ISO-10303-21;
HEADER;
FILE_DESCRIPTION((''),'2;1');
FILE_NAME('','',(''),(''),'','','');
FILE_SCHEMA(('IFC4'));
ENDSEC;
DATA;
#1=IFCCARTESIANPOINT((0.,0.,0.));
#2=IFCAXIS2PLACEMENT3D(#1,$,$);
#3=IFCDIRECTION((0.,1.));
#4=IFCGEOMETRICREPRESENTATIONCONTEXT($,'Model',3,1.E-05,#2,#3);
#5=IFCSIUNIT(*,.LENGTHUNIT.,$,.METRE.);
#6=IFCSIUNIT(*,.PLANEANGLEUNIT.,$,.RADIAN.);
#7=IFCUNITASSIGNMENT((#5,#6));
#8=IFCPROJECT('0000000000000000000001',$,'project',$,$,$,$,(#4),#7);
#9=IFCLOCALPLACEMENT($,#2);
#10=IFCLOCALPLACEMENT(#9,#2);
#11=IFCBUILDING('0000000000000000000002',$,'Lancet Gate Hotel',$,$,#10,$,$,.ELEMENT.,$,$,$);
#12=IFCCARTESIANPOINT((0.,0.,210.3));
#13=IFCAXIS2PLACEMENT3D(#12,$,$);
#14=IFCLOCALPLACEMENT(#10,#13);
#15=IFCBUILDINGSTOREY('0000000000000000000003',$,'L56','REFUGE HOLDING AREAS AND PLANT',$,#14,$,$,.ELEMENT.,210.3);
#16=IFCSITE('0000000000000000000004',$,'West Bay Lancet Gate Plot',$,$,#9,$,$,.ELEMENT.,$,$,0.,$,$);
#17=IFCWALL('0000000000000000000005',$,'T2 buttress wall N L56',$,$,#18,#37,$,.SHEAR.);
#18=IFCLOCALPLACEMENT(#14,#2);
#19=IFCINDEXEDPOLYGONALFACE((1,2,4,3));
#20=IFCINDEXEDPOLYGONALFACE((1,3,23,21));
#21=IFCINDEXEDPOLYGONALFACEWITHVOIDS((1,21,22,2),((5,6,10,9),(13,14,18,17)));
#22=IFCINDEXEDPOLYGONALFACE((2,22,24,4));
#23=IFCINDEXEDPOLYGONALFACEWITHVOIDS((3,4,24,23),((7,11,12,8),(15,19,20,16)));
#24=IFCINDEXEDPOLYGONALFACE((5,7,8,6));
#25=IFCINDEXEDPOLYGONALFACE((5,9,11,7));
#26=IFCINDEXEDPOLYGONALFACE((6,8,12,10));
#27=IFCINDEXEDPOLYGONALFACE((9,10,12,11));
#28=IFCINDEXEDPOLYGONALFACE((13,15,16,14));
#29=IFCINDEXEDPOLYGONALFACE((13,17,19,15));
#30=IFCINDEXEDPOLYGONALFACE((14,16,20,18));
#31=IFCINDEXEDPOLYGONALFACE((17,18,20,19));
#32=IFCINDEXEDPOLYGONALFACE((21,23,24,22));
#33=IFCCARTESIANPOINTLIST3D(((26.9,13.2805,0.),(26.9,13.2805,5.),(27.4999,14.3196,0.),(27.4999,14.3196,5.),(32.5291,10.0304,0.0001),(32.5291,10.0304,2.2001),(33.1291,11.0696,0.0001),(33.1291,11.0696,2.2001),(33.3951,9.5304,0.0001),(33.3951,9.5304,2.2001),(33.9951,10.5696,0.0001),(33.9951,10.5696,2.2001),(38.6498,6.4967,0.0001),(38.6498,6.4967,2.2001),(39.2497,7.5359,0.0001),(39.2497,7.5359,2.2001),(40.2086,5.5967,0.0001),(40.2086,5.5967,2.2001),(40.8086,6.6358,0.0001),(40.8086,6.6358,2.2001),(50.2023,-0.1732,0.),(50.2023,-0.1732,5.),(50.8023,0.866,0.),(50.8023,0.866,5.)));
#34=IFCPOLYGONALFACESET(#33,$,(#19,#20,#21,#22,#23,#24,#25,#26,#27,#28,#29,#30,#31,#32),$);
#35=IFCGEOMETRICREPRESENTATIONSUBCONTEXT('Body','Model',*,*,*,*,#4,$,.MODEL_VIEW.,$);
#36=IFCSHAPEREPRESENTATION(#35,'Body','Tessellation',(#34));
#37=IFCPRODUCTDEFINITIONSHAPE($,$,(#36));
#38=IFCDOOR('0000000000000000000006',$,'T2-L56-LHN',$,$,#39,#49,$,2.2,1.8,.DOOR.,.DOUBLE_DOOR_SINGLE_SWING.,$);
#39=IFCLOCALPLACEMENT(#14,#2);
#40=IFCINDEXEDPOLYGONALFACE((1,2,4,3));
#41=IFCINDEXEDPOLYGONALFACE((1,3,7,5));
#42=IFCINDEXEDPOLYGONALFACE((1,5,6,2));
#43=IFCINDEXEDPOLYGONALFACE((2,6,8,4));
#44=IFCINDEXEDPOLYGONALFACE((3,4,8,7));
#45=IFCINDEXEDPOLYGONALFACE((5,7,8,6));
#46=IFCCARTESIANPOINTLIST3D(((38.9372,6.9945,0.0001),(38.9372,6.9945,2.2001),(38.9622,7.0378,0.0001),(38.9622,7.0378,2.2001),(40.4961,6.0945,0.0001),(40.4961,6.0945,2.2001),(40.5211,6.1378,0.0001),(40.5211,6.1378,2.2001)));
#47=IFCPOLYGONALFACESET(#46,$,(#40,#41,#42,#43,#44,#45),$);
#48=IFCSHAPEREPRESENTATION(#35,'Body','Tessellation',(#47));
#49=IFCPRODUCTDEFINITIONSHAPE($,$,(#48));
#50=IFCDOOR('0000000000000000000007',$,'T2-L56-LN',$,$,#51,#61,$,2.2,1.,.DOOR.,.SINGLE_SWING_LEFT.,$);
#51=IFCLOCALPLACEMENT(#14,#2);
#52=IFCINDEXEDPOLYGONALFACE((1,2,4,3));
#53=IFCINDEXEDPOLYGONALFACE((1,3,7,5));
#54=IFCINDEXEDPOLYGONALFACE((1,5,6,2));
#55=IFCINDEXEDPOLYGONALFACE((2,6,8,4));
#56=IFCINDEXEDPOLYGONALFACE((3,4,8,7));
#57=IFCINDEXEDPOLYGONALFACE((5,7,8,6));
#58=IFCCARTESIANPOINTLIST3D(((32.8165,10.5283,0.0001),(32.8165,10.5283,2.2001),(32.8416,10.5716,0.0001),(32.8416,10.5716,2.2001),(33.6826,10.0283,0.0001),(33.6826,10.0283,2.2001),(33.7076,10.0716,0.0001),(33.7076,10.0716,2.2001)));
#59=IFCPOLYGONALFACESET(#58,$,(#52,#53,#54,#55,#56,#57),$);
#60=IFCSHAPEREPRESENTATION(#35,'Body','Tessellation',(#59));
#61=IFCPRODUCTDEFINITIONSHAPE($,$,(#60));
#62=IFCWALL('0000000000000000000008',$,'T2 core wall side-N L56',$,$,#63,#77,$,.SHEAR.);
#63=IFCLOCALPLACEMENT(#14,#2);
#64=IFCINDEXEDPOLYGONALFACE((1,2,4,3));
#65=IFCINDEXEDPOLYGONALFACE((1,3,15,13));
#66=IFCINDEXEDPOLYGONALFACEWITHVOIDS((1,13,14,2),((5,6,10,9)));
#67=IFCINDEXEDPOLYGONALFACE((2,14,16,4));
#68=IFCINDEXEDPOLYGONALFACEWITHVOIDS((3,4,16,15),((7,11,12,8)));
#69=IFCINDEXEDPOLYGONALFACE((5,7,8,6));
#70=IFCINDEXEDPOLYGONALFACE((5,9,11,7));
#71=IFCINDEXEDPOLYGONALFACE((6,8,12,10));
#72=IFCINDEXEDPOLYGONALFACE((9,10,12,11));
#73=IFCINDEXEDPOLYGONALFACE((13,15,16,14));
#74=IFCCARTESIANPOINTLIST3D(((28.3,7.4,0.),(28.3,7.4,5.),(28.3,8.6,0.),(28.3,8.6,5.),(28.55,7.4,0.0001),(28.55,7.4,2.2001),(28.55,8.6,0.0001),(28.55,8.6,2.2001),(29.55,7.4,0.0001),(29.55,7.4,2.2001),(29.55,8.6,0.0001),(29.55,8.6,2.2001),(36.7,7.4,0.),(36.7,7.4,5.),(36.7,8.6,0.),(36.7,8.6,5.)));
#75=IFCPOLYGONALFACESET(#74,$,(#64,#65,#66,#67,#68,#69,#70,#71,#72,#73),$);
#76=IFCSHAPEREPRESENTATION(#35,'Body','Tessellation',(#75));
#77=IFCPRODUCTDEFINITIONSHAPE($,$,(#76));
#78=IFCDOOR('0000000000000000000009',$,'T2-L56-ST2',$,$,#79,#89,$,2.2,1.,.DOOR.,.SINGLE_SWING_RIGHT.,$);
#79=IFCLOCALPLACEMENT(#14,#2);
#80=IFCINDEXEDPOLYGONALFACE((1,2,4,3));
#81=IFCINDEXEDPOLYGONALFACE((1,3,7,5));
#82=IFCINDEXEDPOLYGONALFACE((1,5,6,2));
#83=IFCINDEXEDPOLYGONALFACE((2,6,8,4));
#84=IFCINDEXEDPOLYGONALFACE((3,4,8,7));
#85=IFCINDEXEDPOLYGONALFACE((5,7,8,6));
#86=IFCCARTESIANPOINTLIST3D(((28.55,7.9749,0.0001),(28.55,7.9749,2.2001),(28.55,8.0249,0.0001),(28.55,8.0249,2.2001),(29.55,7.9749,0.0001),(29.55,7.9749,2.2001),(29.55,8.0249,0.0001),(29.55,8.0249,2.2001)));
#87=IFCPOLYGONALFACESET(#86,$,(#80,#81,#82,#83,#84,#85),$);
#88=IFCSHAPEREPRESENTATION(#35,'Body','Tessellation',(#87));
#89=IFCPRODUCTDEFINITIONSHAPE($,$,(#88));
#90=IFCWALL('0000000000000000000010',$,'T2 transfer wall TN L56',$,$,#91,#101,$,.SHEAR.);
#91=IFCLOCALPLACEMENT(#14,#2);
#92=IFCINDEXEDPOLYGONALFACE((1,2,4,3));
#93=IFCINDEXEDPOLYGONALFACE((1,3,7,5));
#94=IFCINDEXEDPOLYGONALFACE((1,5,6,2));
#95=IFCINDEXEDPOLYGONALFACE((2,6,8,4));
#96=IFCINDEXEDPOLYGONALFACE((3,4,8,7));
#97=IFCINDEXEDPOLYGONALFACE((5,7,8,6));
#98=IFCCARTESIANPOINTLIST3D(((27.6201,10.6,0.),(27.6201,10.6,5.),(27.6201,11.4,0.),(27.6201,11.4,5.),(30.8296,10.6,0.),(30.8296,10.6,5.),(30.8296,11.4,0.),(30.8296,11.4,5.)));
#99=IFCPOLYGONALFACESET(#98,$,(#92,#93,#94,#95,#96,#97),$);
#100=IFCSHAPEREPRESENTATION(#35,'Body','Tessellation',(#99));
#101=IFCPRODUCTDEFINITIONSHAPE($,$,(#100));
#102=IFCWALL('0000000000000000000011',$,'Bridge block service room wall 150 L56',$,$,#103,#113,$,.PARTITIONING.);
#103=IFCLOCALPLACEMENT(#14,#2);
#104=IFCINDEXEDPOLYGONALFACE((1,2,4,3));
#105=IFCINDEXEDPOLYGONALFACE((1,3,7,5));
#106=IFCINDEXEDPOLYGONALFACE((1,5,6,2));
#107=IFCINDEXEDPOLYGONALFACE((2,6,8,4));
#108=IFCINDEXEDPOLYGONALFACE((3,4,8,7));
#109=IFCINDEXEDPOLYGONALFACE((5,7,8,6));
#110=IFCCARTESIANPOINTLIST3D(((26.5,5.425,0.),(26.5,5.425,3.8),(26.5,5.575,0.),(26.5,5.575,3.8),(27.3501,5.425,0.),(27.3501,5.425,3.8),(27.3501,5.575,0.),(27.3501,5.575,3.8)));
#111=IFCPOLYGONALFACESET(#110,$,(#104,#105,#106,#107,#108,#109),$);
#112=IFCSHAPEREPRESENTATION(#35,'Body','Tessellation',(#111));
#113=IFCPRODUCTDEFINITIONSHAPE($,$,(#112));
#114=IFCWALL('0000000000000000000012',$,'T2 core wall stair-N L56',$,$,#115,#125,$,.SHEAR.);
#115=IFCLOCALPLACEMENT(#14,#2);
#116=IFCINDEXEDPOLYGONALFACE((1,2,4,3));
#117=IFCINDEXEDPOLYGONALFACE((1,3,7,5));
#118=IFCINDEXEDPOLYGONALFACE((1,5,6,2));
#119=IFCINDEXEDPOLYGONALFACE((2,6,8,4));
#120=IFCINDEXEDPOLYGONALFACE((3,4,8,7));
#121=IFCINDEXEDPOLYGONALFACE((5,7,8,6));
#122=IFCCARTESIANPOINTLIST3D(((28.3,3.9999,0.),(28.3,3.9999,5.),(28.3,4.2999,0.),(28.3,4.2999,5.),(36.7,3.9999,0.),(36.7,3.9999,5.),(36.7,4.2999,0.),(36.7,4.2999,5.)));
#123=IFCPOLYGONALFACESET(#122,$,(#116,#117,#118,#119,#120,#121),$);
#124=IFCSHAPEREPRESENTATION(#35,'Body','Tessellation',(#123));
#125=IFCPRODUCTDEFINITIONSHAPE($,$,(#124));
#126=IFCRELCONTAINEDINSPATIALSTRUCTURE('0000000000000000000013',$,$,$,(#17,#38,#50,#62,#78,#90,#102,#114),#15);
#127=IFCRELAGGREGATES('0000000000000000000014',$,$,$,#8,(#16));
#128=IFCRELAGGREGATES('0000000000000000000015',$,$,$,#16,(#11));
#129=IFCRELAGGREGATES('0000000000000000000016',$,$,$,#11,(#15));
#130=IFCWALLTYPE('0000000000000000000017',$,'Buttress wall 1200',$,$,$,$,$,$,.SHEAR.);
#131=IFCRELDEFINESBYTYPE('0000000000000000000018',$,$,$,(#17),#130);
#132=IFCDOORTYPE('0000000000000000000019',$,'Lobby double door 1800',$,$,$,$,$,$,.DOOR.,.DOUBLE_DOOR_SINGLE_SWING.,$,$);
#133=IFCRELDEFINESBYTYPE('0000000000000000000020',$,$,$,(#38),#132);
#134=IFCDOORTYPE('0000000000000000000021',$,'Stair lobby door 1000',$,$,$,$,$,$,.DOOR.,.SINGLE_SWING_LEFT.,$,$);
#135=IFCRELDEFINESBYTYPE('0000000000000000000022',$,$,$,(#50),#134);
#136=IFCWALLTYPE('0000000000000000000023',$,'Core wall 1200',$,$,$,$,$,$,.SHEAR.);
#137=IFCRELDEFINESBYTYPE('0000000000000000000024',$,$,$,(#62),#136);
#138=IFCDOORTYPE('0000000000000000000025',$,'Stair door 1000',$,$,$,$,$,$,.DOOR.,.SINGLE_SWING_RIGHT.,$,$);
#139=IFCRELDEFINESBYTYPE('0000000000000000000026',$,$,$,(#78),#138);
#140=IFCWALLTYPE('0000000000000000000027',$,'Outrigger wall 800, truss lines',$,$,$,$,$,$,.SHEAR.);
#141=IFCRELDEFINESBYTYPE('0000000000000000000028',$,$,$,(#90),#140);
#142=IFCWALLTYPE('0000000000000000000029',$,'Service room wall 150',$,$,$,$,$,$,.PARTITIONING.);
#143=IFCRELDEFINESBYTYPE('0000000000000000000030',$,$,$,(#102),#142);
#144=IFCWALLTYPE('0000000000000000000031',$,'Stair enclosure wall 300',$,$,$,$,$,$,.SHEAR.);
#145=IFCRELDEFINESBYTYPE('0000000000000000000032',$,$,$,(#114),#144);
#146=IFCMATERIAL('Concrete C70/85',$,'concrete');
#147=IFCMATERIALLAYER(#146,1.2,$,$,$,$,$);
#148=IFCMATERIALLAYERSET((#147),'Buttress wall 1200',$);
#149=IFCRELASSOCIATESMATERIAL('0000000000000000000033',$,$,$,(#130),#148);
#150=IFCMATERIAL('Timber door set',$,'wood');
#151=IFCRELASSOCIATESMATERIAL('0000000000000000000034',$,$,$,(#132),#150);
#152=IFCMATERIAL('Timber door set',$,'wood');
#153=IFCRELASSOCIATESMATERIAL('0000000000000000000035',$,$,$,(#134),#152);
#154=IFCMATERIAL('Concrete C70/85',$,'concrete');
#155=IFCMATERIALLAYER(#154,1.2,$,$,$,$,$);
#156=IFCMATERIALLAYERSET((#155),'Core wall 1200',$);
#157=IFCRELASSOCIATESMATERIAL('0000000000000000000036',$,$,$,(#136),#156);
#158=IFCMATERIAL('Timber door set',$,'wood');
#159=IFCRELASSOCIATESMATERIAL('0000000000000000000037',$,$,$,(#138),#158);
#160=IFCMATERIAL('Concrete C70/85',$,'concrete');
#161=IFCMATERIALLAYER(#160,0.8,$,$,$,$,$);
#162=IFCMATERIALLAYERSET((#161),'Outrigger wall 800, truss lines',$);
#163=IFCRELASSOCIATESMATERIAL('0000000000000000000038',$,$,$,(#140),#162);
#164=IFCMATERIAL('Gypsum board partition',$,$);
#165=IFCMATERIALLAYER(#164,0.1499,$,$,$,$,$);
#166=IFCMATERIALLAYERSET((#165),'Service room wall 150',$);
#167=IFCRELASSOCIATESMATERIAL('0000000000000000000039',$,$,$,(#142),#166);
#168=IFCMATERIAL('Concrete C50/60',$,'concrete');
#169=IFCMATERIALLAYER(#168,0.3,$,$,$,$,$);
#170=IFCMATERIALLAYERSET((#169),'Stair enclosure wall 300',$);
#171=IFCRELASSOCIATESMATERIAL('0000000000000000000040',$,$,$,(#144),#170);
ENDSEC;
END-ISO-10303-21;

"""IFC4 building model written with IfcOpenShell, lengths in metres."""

from ifc_helpers import new_model, si_unit, direction, frame, frame_2d, origin, place, context, subcontext, project, spatial, rectangle, extrude, material, layer, layer_set, type_object, element, fill, save


model = new_model("IFC4")

# Units and contexts
model_context = context("Model", 3, precision=1e-05, world=origin(), true_north=direction((0.0, 1.0)))
body_context = subcontext(model_context, "Body", "Model", "MODEL_VIEW")
ifc_project = project(units=[si_unit("LENGTHUNIT", "METRE"), si_unit("PLANEANGLEUNIT", "RADIAN")], contexts=[model_context])

# Site, building, storey
site_placement = place(None, origin())
site = spatial("IfcSite", under=ifc_project, at=site_placement, Name="West Bay Lancet Gate Plot", CompositionType="ELEMENT", RefElevation=0.0)
building_placement = place(site_placement, origin())
building = spatial("IfcBuilding", under=site, at=building_placement, Name="Lancet Gate Hotel", CompositionType="ELEMENT")
storey_placement = place(building_placement, frame((0.0, 0.0, 210.3)))
storey = spatial("IfcBuildingStorey", under=building, at=storey_placement, Name="L56", Description="REFUGE HOLDING AREAS AND PLANT", CompositionType="ELEMENT", Elevation=210.3)

# Wall, openings, doors
ifc_material_1 = material(Name="Concrete C70/85", Category="concrete")
ifc_layer_1 = layer(ifc_material_1, 1.2)
ifc_layer_set_1 = layer_set([ifc_layer_1], Name="Buttress wall 1200")
wall_type_1 = type_object("IfcWallType", Name="Buttress wall 1200", PredefinedType="SHEAR", material=ifc_layer_set_1)
wall_1_placement = place(storey_placement, frame((27.2, 13.8, 0.0), z_axis=(0.0, 0.0, 1.0), x_axis=(0.866025, -0.500002, 0.0)))
wall_1 = element("IfcWall", 1, at=wall_1_placement, inside=storey, type_object=wall_type_1, Name="T2 buttress wall N L56", PredefinedType="SHEAR", context=body_context, shape_type="SweptSolid", body=[
    extrude(rectangle(XDim=26.9072, YDim=1.2, at=frame_2d((13.4536, 0.0))), origin(), (0.0, 0.0, 1.0), 5.0),
])
opening_1_placement = place(wall_1_placement, frame((6.5, 0.0, 0.0)))
opening_1 = element("IfcOpeningElement", 2, at=opening_1_placement, cuts=wall_1, PredefinedType="OPENING", context=body_context, shape_type="SweptSolid", body=[
    extrude(rectangle(XDim=1.0, YDim=2.2, at=frame_2d((0.5, 1.1001))), frame((0.0, 0.6099, 0.0), z_axis=(0.0, -1.0, 0.0), x_axis=(1.0, 0.0, 0.0)), (0.0, 0.0, 1.0), 1.22),
])
opening_2_placement = place(wall_1_placement, frame((13.5676, 0.0, 0.0)))
opening_2 = element("IfcOpeningElement", 3, at=opening_2_placement, cuts=wall_1, PredefinedType="OPENING", context=body_context, shape_type="SweptSolid", body=[
    extrude(rectangle(XDim=1.8, YDim=2.2, at=frame_2d((0.8999, 1.1001))), frame((0.0, 0.6099, 0.0), z_axis=(0.0, -1.0, 0.0), x_axis=(1.0, 0.0, 0.0)), (0.0, 0.0, 1.0), 1.22),
])
ifc_material_2 = material(Name="Timber door set", Category="wood")
door_type_1 = type_object("IfcDoorType", Name="Lobby double door 1800", OperationType="DOUBLE_DOOR_SINGLE_SWING", PredefinedType="DOOR", material=ifc_material_2)
door_1_placement = place(opening_2_placement, origin())
door_1 = element("IfcDoor", 4, at=door_1_placement, inside=storey, type_object=door_type_1, Name="T2-L56-LHN", OperationType="DOUBLE_DOOR_SINGLE_SWING", OverallHeight=2.2, OverallWidth=1.8, PredefinedType="DOOR", context=body_context, shape_type="SweptSolid", body=[
    extrude(rectangle(XDim=1.8, YDim=2.2, at=frame_2d((0.8999, 1.1001))), frame((0.0, 0.0249, 0.0), z_axis=(0.0, -1.0, 0.0), x_axis=(1.0, 0.0, 0.0)), (0.0, 0.0, 1.0), 0.05),
])
fill(opening_2, door_1)
ifc_material_3 = material(Name="Timber door set", Category="wood")
door_type_2 = type_object("IfcDoorType", Name="Stair lobby door 1000", OperationType="SINGLE_SWING_LEFT", PredefinedType="DOOR", material=ifc_material_3)
door_2_placement = place(opening_1_placement, origin())
door_2 = element("IfcDoor", 5, at=door_2_placement, inside=storey, type_object=door_type_2, Name="T2-L56-LN", OperationType="SINGLE_SWING_LEFT", OverallHeight=2.2, OverallWidth=1.0, PredefinedType="DOOR", context=body_context, shape_type="SweptSolid", body=[
    extrude(rectangle(XDim=1.0, YDim=2.2, at=frame_2d((0.5, 1.1001))), frame((0.0, 0.0249, 0.0), z_axis=(0.0, -1.0, 0.0), x_axis=(1.0, 0.0, 0.0)), (0.0, 0.0, 1.0), 0.05),
])
fill(opening_1, door_2)

# Wall, opening, door
ifc_material_4 = material(Name="Concrete C70/85", Category="concrete")
ifc_layer_2 = layer(ifc_material_4, 1.2)
ifc_layer_set_2 = layer_set([ifc_layer_2], Name="Core wall 1200")
wall_type_2 = type_object("IfcWallType", Name="Core wall 1200", PredefinedType="SHEAR", material=ifc_layer_set_2)
wall_2_placement = place(storey_placement, frame((28.3, 8.0, 0.0), z_axis=(0.0, 0.0, 1.0), x_axis=(1.0, 0.0, 0.0)))
wall_2 = element("IfcWall", 6, at=wall_2_placement, inside=storey, type_object=wall_type_2, Name="T2 core wall side-N L56", PredefinedType="SHEAR", context=body_context, shape_type="SweptSolid", body=[
    extrude(rectangle(XDim=8.3999, YDim=1.2, at=frame_2d((4.2, 0.0))), origin(), (0.0, 0.0, 1.0), 5.0),
])
opening_3_placement = place(wall_2_placement, frame((0.25, 0.0, 0.0)))
opening_3 = element("IfcOpeningElement", 7, at=opening_3_placement, cuts=wall_2, PredefinedType="OPENING", context=body_context, shape_type="SweptSolid", body=[
    extrude(rectangle(XDim=1.0, YDim=2.2, at=frame_2d((0.5, 1.1001))), frame((0.0, 0.6099, 0.0), z_axis=(0.0, -1.0, 0.0), x_axis=(1.0, 0.0, 0.0)), (0.0, 0.0, 1.0), 1.22),
])
ifc_material_5 = material(Name="Timber door set", Category="wood")
door_type_3 = type_object("IfcDoorType", Name="Stair door 1000", OperationType="SINGLE_SWING_RIGHT", PredefinedType="DOOR", material=ifc_material_5)
door_3_placement = place(opening_3_placement, origin())
door_3 = element("IfcDoor", 8, at=door_3_placement, inside=storey, type_object=door_type_3, Name="T2-L56-ST2", OperationType="SINGLE_SWING_RIGHT", OverallHeight=2.2, OverallWidth=1.0, PredefinedType="DOOR", context=body_context, shape_type="SweptSolid", body=[
    extrude(rectangle(XDim=1.0, YDim=2.2, at=frame_2d((0.5, 1.1001))), frame((0.0, 0.0249, 0.0), z_axis=(0.0, -1.0, 0.0), x_axis=(1.0, 0.0, 0.0)), (0.0, 0.0, 1.0), 0.05),
])
fill(opening_3, door_3)

# Walls
ifc_material_6 = material(Name="Concrete C70/85", Category="concrete")
ifc_layer_3 = layer(ifc_material_6, 0.8)
ifc_layer_set_3 = layer_set([ifc_layer_3], Name="Outrigger wall 800, truss lines")
wall_type_3 = type_object("IfcWallType", Name="Outrigger wall 800, truss lines", PredefinedType="SHEAR", material=ifc_layer_set_3)
wall_3_placement = place(storey_placement, frame((27.6201, 11.0, 0.0), z_axis=(0.0, 0.0, 1.0), x_axis=(1.0, 0.0, 0.0)))
element("IfcWall", 9, at=wall_3_placement, inside=storey, type_object=wall_type_3, Name="T2 transfer wall TN L56", PredefinedType="SHEAR", context=body_context, shape_type="SweptSolid", body=[
    extrude(rectangle(XDim=3.2095, YDim=0.8, at=frame_2d((1.6047, 0.0))), origin(), (0.0, 0.0, 1.0), 5.0),
])
ifc_material_7 = material(Name="Gypsum board partition")
ifc_layer_4 = layer(ifc_material_7, 0.1499)
ifc_layer_set_4 = layer_set([ifc_layer_4], Name="Service room wall 150")
wall_type_4 = type_object("IfcWallType", Name="Service room wall 150", PredefinedType="PARTITIONING", material=ifc_layer_set_4)
wall_4_placement = place(storey_placement, frame((26.5, 5.5, 0.0), z_axis=(0.0, 0.0, 1.0), x_axis=(1.0, 0.0, 0.0)))
element("IfcWall", 10, at=wall_4_placement, inside=storey, type_object=wall_type_4, Name="Bridge block service room wall 150 L56", PredefinedType="PARTITIONING", context=body_context, shape_type="SweptSolid", body=[
    extrude(rectangle(XDim=0.8501, YDim=0.1499, at=frame_2d((0.425, 0.0))), origin(), (0.0, 0.0, 1.0), 3.8),
])
ifc_material_8 = material(Name="Concrete C50/60", Category="concrete")
ifc_layer_5 = layer(ifc_material_8, 0.3)
ifc_layer_set_5 = layer_set([ifc_layer_5], Name="Stair enclosure wall 300")
wall_type_5 = type_object("IfcWallType", Name="Stair enclosure wall 300", PredefinedType="SHEAR", material=ifc_layer_set_5)
wall_5_placement = place(storey_placement, frame((28.3, 4.1499, 0.0), z_axis=(0.0, 0.0, 1.0), x_axis=(1.0, 0.0, 0.0)))
element("IfcWall", 11, at=wall_5_placement, inside=storey, type_object=wall_type_5, Name="T2 core wall stair-N L56", PredefinedType="SHEAR", context=body_context, shape_type="SweptSolid", body=[
    extrude(rectangle(XDim=8.3999, YDim=0.3, at=frame_2d((4.2, 0.0))), origin(), (0.0, 0.0, 1.0), 5.0),
])

save(model, "model.ifc")
